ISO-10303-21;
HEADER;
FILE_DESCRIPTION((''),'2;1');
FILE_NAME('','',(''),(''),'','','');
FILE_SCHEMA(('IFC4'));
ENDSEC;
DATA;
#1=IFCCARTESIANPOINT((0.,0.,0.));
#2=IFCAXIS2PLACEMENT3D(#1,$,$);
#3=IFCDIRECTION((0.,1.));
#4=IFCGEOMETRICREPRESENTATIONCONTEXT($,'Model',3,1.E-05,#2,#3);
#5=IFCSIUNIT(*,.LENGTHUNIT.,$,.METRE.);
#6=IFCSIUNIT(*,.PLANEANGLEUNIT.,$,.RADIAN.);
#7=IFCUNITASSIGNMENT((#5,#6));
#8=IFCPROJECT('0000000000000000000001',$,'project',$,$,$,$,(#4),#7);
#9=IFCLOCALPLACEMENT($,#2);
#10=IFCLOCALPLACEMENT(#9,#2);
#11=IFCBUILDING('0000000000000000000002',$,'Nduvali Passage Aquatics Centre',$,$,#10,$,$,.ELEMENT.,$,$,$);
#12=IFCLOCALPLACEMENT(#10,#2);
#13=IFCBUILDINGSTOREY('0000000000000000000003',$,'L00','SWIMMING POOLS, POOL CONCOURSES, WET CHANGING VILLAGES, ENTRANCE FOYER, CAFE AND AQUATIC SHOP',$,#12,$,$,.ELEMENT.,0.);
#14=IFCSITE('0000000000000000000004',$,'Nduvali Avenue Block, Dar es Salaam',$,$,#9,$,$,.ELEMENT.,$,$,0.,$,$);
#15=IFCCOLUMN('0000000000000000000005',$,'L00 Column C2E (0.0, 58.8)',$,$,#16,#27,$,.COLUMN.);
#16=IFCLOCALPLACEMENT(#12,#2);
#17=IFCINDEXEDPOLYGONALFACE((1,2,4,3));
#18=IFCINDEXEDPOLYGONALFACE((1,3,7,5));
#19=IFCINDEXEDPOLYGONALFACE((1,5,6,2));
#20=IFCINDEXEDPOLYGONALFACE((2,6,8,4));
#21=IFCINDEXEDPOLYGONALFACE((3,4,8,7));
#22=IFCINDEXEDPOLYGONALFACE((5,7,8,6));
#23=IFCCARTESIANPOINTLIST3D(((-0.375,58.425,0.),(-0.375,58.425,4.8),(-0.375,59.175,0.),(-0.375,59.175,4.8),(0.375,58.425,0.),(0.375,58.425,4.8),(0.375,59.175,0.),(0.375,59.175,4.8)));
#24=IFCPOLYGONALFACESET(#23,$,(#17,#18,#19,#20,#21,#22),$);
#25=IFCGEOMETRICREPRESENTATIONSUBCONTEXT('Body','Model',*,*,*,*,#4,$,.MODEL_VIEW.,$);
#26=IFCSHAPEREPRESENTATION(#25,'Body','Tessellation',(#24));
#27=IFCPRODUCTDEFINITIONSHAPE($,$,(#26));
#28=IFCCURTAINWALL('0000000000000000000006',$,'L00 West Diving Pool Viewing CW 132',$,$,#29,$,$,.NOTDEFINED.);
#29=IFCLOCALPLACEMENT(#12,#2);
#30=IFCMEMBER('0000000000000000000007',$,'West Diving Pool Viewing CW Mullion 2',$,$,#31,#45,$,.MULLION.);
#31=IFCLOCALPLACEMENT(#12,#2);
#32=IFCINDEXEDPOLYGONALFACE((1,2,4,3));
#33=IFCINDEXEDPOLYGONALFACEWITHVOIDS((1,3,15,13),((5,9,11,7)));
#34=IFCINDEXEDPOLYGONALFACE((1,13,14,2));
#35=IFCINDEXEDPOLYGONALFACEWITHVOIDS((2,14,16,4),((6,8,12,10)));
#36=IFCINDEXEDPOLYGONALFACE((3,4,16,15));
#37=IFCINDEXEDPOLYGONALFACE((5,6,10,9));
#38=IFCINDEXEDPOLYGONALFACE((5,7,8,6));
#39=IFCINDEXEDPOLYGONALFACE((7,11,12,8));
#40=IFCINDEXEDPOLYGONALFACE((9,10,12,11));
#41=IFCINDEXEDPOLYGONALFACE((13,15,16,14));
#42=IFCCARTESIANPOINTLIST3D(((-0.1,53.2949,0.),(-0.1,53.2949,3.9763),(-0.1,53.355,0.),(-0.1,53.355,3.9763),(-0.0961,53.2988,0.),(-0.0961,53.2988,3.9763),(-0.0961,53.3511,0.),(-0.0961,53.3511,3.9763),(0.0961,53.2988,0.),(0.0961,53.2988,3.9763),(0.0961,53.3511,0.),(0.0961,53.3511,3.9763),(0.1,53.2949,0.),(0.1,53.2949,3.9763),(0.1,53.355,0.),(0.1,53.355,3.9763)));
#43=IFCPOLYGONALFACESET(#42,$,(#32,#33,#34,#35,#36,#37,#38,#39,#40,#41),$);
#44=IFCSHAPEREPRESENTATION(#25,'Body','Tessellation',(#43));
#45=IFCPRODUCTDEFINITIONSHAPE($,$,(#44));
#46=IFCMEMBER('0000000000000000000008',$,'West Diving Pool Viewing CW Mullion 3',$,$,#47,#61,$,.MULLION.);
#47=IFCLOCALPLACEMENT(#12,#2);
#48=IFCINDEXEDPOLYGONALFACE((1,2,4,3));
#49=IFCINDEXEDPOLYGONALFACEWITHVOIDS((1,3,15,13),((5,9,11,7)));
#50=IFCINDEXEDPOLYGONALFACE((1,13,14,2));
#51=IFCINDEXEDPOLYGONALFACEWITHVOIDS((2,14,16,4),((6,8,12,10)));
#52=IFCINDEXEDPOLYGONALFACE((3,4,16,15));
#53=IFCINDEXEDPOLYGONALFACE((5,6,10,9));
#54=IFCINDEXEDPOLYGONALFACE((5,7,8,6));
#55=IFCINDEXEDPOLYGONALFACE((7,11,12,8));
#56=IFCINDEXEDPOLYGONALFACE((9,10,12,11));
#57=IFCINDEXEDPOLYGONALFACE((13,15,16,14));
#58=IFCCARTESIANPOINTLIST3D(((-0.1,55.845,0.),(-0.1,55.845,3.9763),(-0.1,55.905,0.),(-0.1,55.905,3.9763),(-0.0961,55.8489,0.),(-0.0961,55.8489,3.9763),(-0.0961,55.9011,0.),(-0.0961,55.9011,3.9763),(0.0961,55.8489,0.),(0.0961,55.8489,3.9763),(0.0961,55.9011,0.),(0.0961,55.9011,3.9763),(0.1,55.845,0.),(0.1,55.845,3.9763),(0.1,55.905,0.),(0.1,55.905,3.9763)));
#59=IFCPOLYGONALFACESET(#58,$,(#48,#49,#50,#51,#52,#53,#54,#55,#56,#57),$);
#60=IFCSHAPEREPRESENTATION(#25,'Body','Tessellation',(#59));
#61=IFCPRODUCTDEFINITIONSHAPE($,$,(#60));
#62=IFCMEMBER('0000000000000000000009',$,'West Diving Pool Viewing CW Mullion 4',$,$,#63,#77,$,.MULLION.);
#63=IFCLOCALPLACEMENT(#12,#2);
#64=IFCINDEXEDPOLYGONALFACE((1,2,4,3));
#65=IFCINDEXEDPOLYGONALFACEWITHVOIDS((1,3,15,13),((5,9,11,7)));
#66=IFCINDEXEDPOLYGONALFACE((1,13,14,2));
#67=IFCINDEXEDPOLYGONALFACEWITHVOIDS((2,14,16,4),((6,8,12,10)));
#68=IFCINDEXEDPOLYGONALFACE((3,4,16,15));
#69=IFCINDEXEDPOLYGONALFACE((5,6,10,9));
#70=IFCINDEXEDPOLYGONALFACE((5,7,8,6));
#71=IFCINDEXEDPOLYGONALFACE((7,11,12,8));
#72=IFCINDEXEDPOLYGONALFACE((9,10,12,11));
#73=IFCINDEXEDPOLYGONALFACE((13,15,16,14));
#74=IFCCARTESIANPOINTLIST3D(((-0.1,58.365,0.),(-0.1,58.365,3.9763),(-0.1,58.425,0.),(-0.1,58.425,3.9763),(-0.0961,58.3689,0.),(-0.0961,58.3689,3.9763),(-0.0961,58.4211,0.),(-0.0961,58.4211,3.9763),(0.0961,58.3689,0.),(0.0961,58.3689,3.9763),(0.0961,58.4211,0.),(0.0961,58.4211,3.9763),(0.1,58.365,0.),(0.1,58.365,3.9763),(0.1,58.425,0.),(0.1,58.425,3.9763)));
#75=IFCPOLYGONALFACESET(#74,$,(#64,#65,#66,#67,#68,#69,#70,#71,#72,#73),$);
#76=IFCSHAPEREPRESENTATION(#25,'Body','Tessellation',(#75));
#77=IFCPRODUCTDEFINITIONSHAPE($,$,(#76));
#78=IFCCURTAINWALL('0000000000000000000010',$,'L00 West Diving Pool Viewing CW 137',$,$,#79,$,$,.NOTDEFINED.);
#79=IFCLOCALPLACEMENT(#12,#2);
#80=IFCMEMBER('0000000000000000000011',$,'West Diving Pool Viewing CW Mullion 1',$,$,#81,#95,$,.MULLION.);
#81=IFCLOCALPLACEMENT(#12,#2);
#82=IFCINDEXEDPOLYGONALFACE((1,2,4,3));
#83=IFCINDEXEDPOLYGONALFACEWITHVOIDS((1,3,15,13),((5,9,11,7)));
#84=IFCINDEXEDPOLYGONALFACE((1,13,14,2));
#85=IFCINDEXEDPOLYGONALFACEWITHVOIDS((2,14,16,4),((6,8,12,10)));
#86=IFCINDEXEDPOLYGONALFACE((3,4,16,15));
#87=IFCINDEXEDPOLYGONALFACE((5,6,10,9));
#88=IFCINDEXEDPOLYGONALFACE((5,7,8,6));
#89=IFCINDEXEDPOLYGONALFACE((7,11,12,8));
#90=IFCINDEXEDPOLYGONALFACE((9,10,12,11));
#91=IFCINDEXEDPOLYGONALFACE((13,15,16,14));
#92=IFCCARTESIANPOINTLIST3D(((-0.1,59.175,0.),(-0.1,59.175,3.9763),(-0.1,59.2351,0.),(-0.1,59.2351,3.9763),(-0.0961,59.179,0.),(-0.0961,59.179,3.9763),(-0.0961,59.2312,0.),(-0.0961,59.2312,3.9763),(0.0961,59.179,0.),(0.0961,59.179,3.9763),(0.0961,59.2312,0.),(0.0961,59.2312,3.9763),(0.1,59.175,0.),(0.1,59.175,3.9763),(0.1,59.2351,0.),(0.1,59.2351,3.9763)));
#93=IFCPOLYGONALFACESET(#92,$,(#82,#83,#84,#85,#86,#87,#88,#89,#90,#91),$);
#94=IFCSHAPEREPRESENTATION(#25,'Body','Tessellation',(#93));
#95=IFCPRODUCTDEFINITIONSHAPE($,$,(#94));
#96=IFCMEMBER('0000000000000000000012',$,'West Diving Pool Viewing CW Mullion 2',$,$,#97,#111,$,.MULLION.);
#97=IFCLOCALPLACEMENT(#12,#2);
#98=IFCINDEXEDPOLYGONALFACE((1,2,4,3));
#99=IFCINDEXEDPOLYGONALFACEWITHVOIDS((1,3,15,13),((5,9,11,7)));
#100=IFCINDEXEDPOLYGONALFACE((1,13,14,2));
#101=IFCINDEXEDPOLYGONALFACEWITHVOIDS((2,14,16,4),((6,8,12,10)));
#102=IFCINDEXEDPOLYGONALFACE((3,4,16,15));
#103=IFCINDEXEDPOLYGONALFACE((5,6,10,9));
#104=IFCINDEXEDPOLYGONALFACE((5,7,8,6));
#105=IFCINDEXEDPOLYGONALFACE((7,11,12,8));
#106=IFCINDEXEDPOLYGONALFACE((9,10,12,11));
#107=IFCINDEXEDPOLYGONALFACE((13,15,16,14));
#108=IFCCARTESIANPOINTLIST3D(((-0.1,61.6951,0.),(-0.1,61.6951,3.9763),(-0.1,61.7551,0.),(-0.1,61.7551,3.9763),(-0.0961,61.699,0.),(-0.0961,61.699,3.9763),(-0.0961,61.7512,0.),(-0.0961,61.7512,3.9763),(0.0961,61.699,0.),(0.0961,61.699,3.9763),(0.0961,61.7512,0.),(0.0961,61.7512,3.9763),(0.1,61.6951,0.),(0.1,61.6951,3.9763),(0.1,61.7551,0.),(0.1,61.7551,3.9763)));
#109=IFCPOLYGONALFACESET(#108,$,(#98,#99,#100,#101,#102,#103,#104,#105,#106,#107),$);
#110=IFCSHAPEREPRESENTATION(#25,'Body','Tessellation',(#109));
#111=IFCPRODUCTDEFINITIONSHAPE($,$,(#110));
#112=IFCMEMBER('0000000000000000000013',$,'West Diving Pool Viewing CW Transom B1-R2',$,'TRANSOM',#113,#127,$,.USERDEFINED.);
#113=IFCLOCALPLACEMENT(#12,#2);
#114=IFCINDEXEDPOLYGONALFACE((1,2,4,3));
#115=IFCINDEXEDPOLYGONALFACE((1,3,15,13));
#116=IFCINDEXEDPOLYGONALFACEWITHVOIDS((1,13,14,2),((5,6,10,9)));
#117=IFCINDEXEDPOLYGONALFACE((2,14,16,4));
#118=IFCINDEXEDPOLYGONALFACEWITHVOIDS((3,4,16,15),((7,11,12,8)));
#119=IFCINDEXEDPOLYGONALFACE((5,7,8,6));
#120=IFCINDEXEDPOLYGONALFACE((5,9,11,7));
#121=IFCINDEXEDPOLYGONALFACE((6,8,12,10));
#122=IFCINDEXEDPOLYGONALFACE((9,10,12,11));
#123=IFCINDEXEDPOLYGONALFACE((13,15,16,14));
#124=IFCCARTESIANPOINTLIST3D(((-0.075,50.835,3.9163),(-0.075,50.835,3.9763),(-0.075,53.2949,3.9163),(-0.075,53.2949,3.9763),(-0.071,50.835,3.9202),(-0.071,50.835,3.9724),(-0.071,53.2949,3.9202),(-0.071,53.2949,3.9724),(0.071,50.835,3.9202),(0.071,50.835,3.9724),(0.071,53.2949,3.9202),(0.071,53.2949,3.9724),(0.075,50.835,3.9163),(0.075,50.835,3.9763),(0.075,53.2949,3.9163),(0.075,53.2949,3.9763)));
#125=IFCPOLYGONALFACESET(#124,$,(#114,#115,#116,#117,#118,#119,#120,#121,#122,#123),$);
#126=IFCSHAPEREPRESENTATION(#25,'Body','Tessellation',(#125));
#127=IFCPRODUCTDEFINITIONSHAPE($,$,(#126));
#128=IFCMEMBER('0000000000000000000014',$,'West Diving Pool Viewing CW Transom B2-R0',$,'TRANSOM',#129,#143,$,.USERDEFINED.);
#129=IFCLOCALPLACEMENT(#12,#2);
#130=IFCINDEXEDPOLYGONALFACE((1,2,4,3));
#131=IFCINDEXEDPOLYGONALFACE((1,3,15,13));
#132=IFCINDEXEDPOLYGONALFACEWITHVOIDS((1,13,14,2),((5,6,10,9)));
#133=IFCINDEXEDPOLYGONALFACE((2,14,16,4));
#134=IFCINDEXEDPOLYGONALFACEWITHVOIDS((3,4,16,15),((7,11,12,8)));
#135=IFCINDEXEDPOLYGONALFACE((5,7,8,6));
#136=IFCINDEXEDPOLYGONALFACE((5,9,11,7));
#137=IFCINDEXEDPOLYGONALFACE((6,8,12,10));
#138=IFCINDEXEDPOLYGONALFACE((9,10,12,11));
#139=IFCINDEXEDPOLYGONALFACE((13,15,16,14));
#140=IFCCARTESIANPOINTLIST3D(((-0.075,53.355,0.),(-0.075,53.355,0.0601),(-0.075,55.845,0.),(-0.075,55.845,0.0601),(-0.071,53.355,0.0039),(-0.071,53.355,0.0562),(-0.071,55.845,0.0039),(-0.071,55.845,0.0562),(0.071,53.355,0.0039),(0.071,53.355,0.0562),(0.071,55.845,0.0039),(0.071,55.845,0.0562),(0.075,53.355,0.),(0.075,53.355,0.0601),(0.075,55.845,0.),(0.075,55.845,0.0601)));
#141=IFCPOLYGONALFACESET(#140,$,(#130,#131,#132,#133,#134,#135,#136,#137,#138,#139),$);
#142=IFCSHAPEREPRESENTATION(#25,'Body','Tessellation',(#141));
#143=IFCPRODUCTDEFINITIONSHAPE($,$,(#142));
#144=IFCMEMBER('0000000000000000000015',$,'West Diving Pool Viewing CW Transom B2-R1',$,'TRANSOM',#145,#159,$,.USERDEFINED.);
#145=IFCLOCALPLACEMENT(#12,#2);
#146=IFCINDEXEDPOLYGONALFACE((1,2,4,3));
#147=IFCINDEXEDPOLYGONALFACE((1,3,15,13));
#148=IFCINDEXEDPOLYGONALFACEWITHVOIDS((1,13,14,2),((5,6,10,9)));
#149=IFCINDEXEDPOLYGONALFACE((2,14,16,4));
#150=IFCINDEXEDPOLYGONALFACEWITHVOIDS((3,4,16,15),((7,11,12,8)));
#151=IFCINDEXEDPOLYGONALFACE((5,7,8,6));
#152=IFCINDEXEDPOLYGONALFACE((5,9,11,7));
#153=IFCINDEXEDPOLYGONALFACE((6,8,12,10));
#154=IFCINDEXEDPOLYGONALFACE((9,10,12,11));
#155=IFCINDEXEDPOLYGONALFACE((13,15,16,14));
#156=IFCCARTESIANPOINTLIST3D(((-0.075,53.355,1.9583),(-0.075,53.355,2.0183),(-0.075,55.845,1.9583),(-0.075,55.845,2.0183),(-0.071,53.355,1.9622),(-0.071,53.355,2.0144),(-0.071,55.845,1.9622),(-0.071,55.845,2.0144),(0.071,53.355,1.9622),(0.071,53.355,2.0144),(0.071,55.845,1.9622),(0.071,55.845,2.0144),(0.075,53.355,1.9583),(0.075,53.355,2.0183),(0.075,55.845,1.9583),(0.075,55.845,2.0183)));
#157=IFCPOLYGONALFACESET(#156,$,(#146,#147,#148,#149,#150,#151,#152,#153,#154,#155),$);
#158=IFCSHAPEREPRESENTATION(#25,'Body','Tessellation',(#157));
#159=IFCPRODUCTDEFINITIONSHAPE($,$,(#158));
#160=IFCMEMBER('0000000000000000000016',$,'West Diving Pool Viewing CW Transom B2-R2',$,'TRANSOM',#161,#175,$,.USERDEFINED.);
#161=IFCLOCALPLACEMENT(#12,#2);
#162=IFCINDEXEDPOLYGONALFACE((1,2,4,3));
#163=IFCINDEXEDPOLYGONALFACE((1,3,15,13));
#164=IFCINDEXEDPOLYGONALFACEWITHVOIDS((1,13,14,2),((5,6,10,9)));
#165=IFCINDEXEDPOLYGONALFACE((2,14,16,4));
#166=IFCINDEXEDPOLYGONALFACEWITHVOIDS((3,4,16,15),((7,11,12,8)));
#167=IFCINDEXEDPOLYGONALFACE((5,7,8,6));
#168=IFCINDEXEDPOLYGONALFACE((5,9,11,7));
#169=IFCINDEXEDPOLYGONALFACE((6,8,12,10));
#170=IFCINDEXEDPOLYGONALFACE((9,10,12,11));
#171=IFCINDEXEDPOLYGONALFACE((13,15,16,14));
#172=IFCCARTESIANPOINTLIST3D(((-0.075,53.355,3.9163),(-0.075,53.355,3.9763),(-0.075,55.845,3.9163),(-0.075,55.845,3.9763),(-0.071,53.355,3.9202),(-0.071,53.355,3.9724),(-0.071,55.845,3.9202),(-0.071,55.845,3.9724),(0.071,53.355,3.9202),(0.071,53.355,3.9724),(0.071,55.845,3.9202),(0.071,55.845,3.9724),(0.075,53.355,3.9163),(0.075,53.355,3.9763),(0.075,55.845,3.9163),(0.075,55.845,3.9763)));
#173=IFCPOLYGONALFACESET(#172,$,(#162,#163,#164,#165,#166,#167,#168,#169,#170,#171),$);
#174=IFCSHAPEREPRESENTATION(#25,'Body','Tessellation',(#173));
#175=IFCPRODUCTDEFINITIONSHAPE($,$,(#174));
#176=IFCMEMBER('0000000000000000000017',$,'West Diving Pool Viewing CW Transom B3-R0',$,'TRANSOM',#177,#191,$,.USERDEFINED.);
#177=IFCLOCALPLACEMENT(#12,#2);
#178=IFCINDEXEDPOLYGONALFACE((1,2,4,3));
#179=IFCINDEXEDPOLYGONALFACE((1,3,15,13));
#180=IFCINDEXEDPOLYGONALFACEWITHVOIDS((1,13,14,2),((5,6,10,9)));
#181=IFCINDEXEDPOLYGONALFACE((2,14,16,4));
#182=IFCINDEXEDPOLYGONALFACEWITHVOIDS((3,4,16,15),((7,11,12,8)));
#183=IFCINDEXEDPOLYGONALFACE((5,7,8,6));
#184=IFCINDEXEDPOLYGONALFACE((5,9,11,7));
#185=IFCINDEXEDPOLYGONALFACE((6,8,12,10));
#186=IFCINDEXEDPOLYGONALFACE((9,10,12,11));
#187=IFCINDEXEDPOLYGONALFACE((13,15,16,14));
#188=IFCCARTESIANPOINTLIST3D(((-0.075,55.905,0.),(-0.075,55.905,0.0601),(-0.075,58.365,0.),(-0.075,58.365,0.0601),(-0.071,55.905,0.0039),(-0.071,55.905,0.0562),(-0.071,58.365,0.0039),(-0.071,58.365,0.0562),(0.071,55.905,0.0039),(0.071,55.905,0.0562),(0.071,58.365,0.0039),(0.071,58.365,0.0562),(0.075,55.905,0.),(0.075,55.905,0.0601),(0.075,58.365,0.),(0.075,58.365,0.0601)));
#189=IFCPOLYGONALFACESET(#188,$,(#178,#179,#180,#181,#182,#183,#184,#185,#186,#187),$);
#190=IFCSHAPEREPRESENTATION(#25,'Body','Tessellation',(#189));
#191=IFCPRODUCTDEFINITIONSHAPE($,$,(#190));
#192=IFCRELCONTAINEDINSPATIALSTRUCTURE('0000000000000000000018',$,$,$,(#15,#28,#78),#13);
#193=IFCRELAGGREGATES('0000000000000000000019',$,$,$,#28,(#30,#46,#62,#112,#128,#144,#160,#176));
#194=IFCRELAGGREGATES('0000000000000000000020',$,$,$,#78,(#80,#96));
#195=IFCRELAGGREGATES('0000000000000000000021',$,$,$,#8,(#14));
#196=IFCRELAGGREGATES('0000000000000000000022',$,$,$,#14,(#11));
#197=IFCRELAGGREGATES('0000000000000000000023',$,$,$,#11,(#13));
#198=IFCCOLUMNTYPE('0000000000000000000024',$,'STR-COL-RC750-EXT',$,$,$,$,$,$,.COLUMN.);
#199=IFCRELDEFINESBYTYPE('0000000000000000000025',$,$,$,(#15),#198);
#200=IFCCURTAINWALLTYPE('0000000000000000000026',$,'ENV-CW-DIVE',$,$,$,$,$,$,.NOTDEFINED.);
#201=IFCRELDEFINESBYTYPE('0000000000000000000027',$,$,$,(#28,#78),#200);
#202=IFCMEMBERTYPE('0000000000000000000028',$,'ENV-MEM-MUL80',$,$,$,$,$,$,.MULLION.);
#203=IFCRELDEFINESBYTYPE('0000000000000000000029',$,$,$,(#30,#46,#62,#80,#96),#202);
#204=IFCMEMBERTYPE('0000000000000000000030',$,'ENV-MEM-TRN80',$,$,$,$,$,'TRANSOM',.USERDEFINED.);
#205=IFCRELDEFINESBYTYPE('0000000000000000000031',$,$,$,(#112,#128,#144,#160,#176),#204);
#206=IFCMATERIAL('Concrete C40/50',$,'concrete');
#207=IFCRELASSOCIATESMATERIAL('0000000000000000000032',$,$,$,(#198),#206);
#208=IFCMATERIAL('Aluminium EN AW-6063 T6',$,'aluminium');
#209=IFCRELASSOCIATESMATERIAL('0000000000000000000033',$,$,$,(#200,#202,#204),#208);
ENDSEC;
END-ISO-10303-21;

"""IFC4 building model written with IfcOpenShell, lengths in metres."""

from ifc_helpers import new_model, si_unit, direction, frame, origin, origin_2d, place, context, subcontext, project, spatial, rectangle, hollow_rectangle, extrude, material, material_profile, profile_set, type_object, element, aggregate, save


model = new_model("IFC4")

# Units and contexts
model_context = context("Model", 3, precision=1e-05, world=origin(), true_north=direction((0.0, 1.0)))
body_context = subcontext(model_context, "Body", "Model", "MODEL_VIEW")
ifc_project = project(units=[si_unit("LENGTHUNIT", "METRE"), si_unit("PLANEANGLEUNIT", "RADIAN")], contexts=[model_context])

# Site, building, storey
site_placement = place(None, origin())
site = spatial("IfcSite", under=ifc_project, at=site_placement, Name="Nduvali Avenue Block, Dar es Salaam", CompositionType="ELEMENT", RefElevation=0.0)
building_placement = place(site_placement, origin())
building = spatial("IfcBuilding", under=site, at=building_placement, Name="Nduvali Passage Aquatics Centre", CompositionType="ELEMENT")
storey_placement = place(building_placement, origin())
storey = spatial("IfcBuildingStorey", under=building, at=storey_placement, Name="L00", Description="SWIMMING POOLS, POOL CONCOURSES, WET CHANGING VILLAGES, ENTRANCE FOYER, CAFE AND AQUATIC SHOP", CompositionType="ELEMENT", Elevation=0.0)

# Column
ifc_material_1 = material(Name="Concrete C40/50", Category="concrete")
ifc_material_profile_1 = material_profile(ifc_material_1, rectangle(XDim=0.75, YDim=0.75, at=origin_2d()), Name="RC 750x750")
ifc_profile_set_1 = profile_set([ifc_material_profile_1], Name="Concrete C40/50")
column_type = type_object("IfcColumnType", Name="STR-COL-RC750-EXT", PredefinedType="COLUMN", material=ifc_profile_set_1)
column_placement = place(storey_placement, frame((0.0, 58.8, 0.0), z_axis=(0.0, 0.0, 1.0), x_axis=(1.0, 0.0, 0.0)))
element("IfcColumn", 1, at=column_placement, inside=storey, type_object=column_type, Name="L00 Column C2E (0.0, 58.8)", PredefinedType="COLUMN", context=body_context, shape_type="SweptSolid", body=[
    extrude(rectangle(XDim=0.75, YDim=0.75, at=origin_2d()), origin(), (0.0, 0.0, 1.0), 4.8),
])

# Curtain walls, members
ifc_material_2 = material(Name="Aluminium EN AW-6063 T6", Category="aluminium")
curtain_wall_type = type_object("IfcCurtainWallType", Name="ENV-CW-DIVE", PredefinedType="NOTDEFINED", material=ifc_material_2)
curtain_wall_1_placement = place(storey_placement, origin())
curtain_wall_1 = element("IfcCurtainWall", 2, at=curtain_wall_1_placement, inside=storey, type_object=curtain_wall_type, Name="L00 West Diving Pool Viewing CW 132", PredefinedType="NOTDEFINED")
ifc_material_profile_2 = material_profile(ifc_material_2, hollow_rectangle(XDim=0.0601, YDim=0.2, WallThickness=0.0039, at=origin_2d()), Name="ALU MULLION 60x200x4")
ifc_profile_set_2 = profile_set([ifc_material_profile_2], Name="Aluminium EN AW-6063 T6")
member_type_1 = type_object("IfcMemberType", Name="ENV-MEM-MUL80", PredefinedType="MULLION", material=ifc_profile_set_2)
member_1_placement = place(storey_placement, frame((0.0, 53.325, 0.0), z_axis=(0.0, 0.0, 1.0), x_axis=(0.0, 1.0, 0.0)))
member_1 = element("IfcMember", 3, at=member_1_placement, type_object=member_type_1, Name="West Diving Pool Viewing CW Mullion 2", PredefinedType="MULLION", context=body_context, shape_type="SweptSolid", body=[
    extrude(hollow_rectangle(XDim=0.0601, YDim=0.2, WallThickness=0.0039, at=origin_2d()), origin(), (0.0, 0.0, 1.0), 3.9763),
])
member_2_placement = place(storey_placement, frame((0.0, 55.875, 0.0), z_axis=(0.0, 0.0, 1.0), x_axis=(0.0, 1.0, 0.0)))
member_2 = element("IfcMember", 4, at=member_2_placement, type_object=member_type_1, Name="West Diving Pool Viewing CW Mullion 3", PredefinedType="MULLION", context=body_context, shape_type="SweptSolid", body=[
    extrude(hollow_rectangle(XDim=0.0601, YDim=0.2, WallThickness=0.0039, at=origin_2d()), origin(), (0.0, 0.0, 1.0), 3.9763),
])
member_3_placement = place(storey_placement, frame((0.0, 58.395, 0.0), z_axis=(0.0, 0.0, 1.0), x_axis=(0.0, 1.0, 0.0)))
member_3 = element("IfcMember", 5, at=member_3_placement, type_object=member_type_1, Name="West Diving Pool Viewing CW Mullion 4", PredefinedType="MULLION", context=body_context, shape_type="SweptSolid", body=[
    extrude(hollow_rectangle(XDim=0.0601, YDim=0.2, WallThickness=0.0039, at=origin_2d()), origin(), (0.0, 0.0, 1.0), 3.9763),
])
curtain_wall_2_placement = place(storey_placement, origin())
curtain_wall_2 = element("IfcCurtainWall", 6, at=curtain_wall_2_placement, inside=storey, type_object=curtain_wall_type, Name="L00 West Diving Pool Viewing CW 137", PredefinedType="NOTDEFINED")
member_4_placement = place(storey_placement, frame((0.0, 59.2051, 0.0), z_axis=(0.0, 0.0, 1.0), x_axis=(0.0, 1.0, 0.0)))
member_4 = element("IfcMember", 7, at=member_4_placement, type_object=member_type_1, Name="West Diving Pool Viewing CW Mullion 1", PredefinedType="MULLION", context=body_context, shape_type="SweptSolid", body=[
    extrude(hollow_rectangle(XDim=0.0601, YDim=0.2, WallThickness=0.0039, at=origin_2d()), origin(), (0.0, 0.0, 1.0), 3.9763),
])
member_5_placement = place(storey_placement, frame((0.0, 61.7251, 0.0), z_axis=(0.0, 0.0, 1.0), x_axis=(0.0, 1.0, 0.0)))
member_5 = element("IfcMember", 8, at=member_5_placement, type_object=member_type_1, Name="West Diving Pool Viewing CW Mullion 2", PredefinedType="MULLION", context=body_context, shape_type="SweptSolid", body=[
    extrude(hollow_rectangle(XDim=0.0601, YDim=0.2, WallThickness=0.0039, at=origin_2d()), origin(), (0.0, 0.0, 1.0), 3.9763),
])

# Members
ifc_material_profile_3 = material_profile(ifc_material_2, hollow_rectangle(XDim=0.1499, YDim=0.0601, WallThickness=0.0039, at=origin_2d()), Name="ALU TRANSOM 150x60x4")
ifc_profile_set_3 = profile_set([ifc_material_profile_3], Name="Aluminium EN AW-6063 T6")
member_type_2 = type_object("IfcMemberType", Name="ENV-MEM-TRN80", ElementType="TRANSOM", PredefinedType="USERDEFINED", material=ifc_profile_set_3)
member_6_placement = place(storey_placement, frame((0.0, 50.835, 3.9463), z_axis=(0.0, 1.0, 0.0), x_axis=(-1.0, 0.0, 0.0)))
member_6 = element("IfcMember", 9, at=member_6_placement, type_object=member_type_2, Name="West Diving Pool Viewing CW Transom B1-R2", ObjectType="TRANSOM", PredefinedType="USERDEFINED", context=body_context, shape_type="SweptSolid", body=[
    extrude(hollow_rectangle(XDim=0.1499, YDim=0.0601, WallThickness=0.0039, at=origin_2d()), origin(), (0.0, 0.0, 1.0), 2.46),
])
member_7_placement = place(storey_placement, frame((0.0, 53.355, 0.03), z_axis=(0.0, 1.0, 0.0), x_axis=(-1.0, 0.0, 0.0)))
member_7 = element("IfcMember", 10, at=member_7_placement, type_object=member_type_2, Name="West Diving Pool Viewing CW Transom B2-R0", ObjectType="TRANSOM", PredefinedType="USERDEFINED", context=body_context, shape_type="SweptSolid", body=[
    extrude(hollow_rectangle(XDim=0.1499, YDim=0.0601, WallThickness=0.0039, at=origin_2d()), origin(), (0.0, 0.0, 1.0), 2.49),
])
member_8_placement = place(storey_placement, frame((0.0, 53.355, 1.9883), z_axis=(0.0, 1.0, 0.0), x_axis=(-1.0, 0.0, 0.0)))
member_8 = element("IfcMember", 11, at=member_8_placement, type_object=member_type_2, Name="West Diving Pool Viewing CW Transom B2-R1", ObjectType="TRANSOM", PredefinedType="USERDEFINED", context=body_context, shape_type="SweptSolid", body=[
    extrude(hollow_rectangle(XDim=0.1499, YDim=0.0601, WallThickness=0.0039, at=origin_2d()), origin(), (0.0, 0.0, 1.0), 2.49),
])
member_9_placement = place(storey_placement, frame((0.0, 53.355, 3.9463), z_axis=(0.0, 1.0, 0.0), x_axis=(-1.0, 0.0, 0.0)))
member_9 = element("IfcMember", 12, at=member_9_placement, type_object=member_type_2, Name="West Diving Pool Viewing CW Transom B2-R2", ObjectType="TRANSOM", PredefinedType="USERDEFINED", context=body_context, shape_type="SweptSolid", body=[
    extrude(hollow_rectangle(XDim=0.1499, YDim=0.0601, WallThickness=0.0039, at=origin_2d()), origin(), (0.0, 0.0, 1.0), 2.49),
])
member_10_placement = place(storey_placement, frame((0.0, 55.905, 0.03), z_axis=(0.0, 1.0, 0.0), x_axis=(-1.0, 0.0, 0.0)))
member_10 = element("IfcMember", 13, at=member_10_placement, type_object=member_type_2, Name="West Diving Pool Viewing CW Transom B3-R0", ObjectType="TRANSOM", PredefinedType="USERDEFINED", context=body_context, shape_type="SweptSolid", body=[
    extrude(hollow_rectangle(XDim=0.1499, YDim=0.0601, WallThickness=0.0039, at=origin_2d()), origin(), (0.0, 0.0, 1.0), 2.46),
])

aggregate(curtain_wall_1, [member_1, member_2, member_3, member_6, member_7, member_8, member_9, member_10])
aggregate(curtain_wall_2, [member_4, member_5])

save(model, "model.ifc")
